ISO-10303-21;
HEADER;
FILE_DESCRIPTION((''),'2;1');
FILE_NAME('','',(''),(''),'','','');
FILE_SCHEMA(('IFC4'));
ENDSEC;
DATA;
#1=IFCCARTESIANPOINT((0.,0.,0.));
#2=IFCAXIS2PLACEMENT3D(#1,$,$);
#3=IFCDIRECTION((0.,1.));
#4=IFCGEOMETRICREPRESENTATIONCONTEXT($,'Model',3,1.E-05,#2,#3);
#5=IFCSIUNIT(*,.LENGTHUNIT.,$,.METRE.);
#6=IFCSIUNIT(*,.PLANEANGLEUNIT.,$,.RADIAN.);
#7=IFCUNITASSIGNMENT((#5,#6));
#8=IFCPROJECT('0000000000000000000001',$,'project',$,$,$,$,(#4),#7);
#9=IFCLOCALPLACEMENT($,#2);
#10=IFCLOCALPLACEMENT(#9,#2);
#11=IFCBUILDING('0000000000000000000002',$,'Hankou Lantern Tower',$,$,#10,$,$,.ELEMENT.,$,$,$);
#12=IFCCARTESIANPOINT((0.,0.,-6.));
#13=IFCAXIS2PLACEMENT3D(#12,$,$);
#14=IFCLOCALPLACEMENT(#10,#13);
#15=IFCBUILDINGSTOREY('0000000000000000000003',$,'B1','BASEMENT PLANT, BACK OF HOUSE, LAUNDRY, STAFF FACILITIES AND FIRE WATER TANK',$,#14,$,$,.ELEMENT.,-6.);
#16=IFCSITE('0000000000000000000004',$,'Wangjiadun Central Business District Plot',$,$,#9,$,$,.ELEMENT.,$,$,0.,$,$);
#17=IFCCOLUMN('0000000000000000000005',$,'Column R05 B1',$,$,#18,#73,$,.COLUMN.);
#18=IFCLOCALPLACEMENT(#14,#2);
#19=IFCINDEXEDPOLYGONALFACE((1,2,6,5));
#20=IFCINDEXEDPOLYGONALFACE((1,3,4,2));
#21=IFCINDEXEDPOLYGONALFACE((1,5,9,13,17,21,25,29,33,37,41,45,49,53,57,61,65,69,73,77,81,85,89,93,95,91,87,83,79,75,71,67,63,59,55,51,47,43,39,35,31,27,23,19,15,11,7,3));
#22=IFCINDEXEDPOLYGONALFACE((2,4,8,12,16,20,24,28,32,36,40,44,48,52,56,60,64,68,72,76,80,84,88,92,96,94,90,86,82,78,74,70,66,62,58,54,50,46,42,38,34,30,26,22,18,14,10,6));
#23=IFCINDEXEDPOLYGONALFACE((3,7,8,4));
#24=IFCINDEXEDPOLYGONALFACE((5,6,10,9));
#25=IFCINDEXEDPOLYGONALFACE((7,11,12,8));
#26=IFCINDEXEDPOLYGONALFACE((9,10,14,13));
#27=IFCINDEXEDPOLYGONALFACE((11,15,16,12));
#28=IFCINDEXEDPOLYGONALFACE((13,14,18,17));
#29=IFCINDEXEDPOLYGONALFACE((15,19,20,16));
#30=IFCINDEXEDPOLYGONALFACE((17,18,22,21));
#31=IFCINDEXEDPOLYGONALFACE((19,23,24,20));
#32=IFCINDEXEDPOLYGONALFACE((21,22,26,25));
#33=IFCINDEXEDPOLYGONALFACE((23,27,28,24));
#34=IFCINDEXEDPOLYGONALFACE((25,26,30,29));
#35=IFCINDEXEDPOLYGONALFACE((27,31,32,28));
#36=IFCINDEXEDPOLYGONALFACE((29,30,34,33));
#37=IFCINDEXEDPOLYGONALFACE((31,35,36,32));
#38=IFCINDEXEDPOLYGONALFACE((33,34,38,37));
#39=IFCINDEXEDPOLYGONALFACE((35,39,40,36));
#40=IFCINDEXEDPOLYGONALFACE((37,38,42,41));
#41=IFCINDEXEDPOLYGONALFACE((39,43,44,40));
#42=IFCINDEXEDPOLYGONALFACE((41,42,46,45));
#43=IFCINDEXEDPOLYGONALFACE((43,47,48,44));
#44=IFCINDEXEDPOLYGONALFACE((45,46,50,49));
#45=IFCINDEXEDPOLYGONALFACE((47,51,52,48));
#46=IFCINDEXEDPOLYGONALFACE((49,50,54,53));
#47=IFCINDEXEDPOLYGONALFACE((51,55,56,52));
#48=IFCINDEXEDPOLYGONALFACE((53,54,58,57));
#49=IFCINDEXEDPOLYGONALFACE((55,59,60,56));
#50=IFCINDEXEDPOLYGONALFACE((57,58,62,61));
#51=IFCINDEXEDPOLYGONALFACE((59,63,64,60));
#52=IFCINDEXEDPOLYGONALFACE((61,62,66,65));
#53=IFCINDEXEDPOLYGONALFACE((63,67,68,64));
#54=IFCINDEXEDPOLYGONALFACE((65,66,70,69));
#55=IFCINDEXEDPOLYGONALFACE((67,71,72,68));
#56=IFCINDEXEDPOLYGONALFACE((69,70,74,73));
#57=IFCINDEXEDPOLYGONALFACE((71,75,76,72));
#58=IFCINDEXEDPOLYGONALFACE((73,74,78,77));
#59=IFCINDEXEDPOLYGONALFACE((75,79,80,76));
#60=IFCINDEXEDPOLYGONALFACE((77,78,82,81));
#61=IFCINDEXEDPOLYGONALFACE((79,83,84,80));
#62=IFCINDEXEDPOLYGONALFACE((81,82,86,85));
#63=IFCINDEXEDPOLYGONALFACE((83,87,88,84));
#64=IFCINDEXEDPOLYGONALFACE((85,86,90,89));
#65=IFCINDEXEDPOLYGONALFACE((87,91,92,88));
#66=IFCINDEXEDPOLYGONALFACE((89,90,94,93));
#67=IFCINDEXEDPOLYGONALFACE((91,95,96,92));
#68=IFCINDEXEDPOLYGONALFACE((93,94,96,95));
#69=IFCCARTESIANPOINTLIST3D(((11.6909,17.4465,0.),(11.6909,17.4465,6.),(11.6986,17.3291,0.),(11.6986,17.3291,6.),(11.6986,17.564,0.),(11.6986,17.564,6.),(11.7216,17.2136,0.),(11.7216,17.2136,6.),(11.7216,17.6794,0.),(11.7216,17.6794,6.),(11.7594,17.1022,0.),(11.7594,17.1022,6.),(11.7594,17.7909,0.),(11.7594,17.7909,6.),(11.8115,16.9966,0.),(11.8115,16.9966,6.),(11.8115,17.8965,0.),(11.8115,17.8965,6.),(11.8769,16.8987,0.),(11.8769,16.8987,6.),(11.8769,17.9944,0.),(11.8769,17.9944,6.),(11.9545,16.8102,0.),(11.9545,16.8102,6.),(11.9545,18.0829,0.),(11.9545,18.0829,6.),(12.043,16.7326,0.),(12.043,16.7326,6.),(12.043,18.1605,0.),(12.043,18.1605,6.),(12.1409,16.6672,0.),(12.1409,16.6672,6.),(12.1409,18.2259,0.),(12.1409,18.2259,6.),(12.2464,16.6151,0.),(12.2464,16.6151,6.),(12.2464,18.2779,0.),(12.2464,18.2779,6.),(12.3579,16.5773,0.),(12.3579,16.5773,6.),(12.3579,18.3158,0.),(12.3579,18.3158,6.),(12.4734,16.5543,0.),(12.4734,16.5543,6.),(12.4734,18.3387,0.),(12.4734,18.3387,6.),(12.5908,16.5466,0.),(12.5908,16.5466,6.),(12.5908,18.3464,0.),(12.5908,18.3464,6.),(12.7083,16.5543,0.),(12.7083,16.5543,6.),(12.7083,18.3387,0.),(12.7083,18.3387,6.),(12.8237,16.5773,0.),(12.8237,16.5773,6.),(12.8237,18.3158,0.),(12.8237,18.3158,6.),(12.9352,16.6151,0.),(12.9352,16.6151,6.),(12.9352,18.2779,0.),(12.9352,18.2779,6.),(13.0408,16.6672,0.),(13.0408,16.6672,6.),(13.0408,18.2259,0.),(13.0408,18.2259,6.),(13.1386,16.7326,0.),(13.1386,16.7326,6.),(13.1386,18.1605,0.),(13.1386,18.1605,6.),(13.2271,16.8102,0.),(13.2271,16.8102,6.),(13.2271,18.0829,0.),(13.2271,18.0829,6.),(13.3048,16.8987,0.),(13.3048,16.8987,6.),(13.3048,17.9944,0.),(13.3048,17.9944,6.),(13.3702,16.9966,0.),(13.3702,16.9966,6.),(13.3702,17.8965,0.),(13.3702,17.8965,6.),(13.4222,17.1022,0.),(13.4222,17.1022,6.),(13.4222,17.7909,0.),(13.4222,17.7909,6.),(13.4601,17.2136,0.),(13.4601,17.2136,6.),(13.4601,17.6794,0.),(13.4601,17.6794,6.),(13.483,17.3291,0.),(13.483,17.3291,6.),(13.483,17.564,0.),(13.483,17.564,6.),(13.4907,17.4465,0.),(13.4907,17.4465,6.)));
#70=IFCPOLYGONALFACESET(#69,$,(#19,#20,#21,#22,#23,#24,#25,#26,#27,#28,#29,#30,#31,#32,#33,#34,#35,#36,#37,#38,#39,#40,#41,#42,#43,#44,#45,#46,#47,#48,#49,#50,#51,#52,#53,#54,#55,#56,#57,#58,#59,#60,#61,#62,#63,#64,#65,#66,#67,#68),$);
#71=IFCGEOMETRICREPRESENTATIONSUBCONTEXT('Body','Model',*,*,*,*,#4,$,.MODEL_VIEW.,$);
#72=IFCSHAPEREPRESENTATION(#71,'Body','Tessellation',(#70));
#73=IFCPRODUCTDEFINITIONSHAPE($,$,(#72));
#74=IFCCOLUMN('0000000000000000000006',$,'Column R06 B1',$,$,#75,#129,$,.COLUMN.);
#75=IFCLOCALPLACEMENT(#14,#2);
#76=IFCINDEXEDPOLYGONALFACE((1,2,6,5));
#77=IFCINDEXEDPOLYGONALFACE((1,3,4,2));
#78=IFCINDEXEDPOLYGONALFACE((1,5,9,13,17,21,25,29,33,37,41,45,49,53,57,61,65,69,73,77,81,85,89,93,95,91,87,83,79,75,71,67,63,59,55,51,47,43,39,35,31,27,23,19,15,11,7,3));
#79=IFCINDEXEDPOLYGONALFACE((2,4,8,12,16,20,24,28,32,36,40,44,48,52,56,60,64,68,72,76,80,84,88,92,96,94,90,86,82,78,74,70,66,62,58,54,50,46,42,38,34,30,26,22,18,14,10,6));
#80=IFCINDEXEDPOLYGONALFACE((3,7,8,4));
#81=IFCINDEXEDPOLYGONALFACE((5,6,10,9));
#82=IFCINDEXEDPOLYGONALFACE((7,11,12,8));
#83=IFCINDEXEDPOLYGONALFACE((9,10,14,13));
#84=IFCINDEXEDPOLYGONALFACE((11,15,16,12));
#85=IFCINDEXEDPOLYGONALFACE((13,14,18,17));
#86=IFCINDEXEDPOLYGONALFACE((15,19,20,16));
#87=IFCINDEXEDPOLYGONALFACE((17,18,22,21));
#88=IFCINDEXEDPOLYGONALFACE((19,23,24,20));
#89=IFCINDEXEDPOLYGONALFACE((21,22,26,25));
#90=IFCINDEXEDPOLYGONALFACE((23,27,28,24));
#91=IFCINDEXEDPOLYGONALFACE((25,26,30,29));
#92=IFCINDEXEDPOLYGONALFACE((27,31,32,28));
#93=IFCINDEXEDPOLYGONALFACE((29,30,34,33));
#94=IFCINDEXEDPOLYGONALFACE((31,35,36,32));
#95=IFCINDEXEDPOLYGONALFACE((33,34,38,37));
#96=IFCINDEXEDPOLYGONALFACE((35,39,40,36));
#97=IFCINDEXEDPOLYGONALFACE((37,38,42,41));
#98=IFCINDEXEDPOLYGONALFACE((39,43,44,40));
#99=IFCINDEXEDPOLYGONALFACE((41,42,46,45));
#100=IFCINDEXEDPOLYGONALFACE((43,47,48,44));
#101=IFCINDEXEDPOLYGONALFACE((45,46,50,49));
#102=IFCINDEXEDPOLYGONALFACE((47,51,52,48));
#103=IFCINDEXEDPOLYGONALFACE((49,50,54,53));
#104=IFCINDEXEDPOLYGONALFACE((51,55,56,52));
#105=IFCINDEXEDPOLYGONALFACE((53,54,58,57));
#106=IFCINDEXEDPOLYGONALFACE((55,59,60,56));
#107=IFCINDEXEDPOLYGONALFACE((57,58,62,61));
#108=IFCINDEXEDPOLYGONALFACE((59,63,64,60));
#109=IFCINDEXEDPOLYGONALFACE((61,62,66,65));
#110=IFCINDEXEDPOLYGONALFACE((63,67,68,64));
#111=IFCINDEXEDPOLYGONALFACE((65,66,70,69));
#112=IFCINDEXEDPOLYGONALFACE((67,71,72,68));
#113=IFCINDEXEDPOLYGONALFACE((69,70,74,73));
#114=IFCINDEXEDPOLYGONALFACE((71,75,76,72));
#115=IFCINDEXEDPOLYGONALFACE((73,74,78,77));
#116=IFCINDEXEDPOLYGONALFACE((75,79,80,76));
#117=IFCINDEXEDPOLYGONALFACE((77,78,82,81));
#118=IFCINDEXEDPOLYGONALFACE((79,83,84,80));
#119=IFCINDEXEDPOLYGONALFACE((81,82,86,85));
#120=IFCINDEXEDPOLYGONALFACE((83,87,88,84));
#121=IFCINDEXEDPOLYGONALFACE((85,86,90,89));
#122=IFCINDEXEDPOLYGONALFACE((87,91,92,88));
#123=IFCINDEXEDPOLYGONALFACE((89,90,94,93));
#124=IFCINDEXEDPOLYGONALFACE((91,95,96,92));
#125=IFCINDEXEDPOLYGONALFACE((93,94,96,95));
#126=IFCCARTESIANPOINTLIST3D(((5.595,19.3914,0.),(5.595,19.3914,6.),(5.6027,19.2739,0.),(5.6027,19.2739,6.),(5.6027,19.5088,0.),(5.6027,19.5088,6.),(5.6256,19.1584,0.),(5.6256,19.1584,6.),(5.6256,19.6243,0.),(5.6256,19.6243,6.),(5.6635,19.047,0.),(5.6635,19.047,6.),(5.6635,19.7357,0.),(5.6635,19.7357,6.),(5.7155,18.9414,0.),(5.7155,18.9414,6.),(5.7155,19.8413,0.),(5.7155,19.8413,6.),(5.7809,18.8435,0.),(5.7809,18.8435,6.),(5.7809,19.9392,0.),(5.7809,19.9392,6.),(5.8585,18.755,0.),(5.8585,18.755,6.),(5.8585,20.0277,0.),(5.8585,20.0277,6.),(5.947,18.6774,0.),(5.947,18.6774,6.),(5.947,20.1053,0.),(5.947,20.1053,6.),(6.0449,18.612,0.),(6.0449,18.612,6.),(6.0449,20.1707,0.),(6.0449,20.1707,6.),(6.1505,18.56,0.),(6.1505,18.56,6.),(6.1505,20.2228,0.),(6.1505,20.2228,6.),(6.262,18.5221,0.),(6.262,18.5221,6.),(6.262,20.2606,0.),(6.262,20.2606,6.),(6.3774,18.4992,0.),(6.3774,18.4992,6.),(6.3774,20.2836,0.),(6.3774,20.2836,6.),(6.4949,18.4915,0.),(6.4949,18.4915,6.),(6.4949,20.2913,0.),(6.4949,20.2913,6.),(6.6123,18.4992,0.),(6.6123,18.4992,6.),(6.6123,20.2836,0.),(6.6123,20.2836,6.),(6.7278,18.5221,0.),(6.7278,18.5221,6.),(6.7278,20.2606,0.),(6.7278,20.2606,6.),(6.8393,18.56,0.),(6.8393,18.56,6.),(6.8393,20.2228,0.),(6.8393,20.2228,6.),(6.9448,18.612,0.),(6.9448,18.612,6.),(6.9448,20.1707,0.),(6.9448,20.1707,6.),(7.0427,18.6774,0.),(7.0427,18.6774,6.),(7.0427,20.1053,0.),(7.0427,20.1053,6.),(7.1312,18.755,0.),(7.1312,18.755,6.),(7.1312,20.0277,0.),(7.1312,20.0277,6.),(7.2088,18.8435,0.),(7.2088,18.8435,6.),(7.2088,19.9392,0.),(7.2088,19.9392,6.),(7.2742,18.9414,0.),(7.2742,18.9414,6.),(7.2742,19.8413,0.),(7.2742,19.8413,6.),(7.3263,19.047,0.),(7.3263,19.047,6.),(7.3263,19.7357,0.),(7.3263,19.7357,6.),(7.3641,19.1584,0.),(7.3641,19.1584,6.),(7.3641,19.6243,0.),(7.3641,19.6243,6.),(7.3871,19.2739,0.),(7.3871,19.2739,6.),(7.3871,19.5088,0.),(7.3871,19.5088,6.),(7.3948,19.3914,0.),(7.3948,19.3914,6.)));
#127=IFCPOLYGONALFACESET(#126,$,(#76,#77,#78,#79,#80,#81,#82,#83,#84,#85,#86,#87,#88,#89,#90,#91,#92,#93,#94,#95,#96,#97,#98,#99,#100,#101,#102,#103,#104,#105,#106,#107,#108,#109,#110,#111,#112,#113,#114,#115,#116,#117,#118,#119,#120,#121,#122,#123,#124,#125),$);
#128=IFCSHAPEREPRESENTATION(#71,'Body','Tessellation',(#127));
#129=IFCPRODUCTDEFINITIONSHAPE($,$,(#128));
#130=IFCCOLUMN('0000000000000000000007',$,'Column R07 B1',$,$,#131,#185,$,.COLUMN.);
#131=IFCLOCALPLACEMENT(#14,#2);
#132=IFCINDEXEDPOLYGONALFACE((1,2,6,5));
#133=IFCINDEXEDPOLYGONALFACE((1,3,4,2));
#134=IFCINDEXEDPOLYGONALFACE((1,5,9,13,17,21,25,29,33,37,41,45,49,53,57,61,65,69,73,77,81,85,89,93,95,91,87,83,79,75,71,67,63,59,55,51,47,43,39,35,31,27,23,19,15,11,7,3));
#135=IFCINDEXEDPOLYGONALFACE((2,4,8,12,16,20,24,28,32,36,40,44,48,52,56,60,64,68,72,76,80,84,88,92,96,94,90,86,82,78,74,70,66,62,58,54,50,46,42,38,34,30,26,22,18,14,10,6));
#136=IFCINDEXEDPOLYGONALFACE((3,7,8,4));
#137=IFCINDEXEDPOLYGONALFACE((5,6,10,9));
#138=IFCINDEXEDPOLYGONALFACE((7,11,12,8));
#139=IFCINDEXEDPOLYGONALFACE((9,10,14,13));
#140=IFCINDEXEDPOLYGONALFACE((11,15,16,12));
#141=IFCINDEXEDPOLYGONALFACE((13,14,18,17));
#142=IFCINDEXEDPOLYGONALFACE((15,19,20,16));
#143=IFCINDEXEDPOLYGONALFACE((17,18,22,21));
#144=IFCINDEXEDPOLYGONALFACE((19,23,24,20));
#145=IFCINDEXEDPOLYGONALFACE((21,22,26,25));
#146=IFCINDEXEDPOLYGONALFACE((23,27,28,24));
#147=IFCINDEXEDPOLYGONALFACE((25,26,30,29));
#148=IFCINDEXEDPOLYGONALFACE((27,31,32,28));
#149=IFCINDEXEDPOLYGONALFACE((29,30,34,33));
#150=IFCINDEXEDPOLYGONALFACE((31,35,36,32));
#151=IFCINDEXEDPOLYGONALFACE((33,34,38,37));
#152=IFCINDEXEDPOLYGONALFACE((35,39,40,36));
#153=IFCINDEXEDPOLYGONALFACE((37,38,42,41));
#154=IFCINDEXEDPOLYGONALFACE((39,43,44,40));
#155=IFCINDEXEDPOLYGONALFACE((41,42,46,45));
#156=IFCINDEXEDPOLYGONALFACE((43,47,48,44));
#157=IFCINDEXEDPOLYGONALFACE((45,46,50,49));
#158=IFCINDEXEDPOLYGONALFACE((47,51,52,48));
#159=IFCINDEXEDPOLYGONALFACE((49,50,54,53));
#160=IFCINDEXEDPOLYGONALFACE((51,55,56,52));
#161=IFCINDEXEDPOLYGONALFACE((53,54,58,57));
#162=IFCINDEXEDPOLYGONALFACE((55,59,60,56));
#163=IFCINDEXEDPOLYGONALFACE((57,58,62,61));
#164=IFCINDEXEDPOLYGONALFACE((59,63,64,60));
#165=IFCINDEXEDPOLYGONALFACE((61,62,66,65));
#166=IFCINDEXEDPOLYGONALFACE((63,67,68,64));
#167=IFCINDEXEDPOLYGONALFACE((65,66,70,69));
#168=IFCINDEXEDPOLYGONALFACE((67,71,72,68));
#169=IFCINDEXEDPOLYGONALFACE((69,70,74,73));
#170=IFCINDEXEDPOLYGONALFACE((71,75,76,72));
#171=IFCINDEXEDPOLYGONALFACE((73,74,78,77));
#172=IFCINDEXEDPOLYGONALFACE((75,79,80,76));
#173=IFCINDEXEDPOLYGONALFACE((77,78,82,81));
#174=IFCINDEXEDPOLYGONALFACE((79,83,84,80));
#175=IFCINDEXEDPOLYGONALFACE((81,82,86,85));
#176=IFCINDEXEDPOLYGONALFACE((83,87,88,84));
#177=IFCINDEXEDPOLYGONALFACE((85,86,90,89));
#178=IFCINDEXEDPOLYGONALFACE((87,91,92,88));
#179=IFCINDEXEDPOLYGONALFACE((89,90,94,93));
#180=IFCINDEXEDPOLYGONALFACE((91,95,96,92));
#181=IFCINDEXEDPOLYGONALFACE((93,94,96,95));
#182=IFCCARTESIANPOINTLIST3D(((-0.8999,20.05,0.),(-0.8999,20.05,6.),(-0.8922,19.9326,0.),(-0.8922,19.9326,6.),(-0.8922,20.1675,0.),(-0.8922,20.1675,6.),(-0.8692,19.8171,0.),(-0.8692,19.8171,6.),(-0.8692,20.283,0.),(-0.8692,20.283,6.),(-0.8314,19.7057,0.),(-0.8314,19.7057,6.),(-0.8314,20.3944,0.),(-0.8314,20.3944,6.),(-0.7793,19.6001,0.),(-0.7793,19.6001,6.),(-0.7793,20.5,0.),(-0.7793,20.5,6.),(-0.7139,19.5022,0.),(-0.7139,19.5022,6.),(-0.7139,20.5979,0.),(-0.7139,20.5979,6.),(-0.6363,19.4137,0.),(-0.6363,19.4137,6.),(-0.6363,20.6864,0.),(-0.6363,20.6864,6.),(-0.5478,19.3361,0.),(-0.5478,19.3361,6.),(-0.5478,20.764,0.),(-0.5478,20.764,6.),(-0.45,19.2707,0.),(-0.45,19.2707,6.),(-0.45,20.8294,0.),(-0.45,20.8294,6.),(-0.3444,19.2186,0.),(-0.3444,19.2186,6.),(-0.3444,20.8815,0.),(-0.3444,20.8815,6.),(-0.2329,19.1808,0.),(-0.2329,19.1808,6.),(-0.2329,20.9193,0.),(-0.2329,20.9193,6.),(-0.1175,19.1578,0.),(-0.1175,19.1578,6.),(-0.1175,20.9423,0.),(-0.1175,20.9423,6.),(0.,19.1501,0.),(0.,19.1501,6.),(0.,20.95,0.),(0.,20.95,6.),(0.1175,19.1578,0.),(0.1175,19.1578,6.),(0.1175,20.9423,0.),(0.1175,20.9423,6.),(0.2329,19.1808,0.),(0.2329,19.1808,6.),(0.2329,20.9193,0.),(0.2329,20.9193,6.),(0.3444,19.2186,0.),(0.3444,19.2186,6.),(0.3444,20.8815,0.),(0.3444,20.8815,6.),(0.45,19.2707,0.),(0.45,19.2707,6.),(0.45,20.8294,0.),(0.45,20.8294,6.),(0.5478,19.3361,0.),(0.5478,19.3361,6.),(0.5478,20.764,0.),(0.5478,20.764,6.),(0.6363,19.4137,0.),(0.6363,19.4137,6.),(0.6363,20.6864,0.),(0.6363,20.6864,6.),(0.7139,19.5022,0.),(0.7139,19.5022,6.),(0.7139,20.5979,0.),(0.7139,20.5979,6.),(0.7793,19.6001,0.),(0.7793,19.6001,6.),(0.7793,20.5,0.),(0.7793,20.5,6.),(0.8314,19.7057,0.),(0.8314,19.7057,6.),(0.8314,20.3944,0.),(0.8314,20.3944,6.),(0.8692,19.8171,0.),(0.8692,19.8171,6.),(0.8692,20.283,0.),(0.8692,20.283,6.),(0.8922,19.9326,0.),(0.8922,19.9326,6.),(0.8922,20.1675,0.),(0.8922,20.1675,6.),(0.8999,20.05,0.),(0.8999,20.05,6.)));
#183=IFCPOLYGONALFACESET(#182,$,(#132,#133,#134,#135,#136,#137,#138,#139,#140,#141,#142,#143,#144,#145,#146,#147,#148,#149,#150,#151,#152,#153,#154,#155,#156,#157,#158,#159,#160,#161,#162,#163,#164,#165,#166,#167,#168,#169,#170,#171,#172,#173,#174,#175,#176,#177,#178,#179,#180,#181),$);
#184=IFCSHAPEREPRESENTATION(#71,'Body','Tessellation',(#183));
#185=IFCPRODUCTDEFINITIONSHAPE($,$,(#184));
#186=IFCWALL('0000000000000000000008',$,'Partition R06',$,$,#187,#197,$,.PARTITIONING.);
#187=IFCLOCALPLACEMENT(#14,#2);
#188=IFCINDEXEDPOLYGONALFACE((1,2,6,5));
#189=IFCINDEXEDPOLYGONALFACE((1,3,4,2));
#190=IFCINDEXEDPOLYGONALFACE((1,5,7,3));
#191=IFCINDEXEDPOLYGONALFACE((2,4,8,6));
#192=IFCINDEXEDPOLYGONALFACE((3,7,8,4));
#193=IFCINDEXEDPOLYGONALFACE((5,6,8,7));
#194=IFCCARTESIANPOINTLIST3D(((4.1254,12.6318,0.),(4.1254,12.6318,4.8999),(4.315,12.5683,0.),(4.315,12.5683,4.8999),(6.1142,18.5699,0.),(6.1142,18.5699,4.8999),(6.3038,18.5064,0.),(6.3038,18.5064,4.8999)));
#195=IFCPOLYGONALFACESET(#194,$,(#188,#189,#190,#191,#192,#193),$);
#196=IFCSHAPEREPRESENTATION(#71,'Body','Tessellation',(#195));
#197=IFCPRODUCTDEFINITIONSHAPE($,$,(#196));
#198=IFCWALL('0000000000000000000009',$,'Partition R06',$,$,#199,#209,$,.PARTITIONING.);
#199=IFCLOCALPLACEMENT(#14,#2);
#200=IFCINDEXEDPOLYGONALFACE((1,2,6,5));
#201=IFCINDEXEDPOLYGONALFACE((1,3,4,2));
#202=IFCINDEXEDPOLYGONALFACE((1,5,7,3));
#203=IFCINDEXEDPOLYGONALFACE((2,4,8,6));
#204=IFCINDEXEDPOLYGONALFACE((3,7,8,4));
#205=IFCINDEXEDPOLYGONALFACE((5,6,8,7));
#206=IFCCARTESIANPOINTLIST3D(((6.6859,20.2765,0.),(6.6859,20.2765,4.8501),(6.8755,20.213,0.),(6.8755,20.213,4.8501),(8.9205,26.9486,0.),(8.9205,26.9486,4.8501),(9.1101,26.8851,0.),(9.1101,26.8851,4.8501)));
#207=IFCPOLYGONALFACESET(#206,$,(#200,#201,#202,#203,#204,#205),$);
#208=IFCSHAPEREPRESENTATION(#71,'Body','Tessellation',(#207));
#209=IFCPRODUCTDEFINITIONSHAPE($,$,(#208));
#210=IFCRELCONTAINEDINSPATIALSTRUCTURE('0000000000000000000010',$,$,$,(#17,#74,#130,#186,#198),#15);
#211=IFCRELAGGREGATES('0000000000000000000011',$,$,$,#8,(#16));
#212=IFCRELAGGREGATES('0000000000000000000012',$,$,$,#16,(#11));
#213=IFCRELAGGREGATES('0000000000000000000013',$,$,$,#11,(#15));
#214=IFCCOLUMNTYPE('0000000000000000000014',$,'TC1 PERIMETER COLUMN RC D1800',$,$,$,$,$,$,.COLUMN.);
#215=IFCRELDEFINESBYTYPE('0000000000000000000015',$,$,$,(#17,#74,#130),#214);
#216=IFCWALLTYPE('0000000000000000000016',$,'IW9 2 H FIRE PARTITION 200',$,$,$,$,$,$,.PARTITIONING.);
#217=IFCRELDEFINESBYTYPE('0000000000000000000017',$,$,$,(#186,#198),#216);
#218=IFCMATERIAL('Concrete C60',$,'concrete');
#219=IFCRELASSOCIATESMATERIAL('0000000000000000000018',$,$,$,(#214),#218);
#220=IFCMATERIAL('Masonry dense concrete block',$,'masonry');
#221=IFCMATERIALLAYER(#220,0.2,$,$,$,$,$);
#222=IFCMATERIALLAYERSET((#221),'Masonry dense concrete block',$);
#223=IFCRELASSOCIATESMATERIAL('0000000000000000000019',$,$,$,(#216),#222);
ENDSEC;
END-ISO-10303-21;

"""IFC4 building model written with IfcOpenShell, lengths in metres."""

from ifc_helpers import new_model, si_unit, direction, frame, frame_2d, origin, origin_2d, place, context, subcontext, project, spatial, rectangle, circle, extrude, material, layer, layer_set, material_profile, profile_set, type_object, element, save


model = new_model("IFC4")

# Units and contexts
model_context = context("Model", 3, precision=1e-05, world=origin(), true_north=direction((0.0, 1.0)))
body_context = subcontext(model_context, "Body", "Model", "MODEL_VIEW")
ifc_project = project(units=[si_unit("LENGTHUNIT", "METRE"), si_unit("PLANEANGLEUNIT", "RADIAN")], contexts=[model_context])

# Site, building, storey
site_placement = place(None, origin())
site = spatial("IfcSite", under=ifc_project, at=site_placement, Name="Wangjiadun Central Business District Plot", CompositionType="ELEMENT", RefElevation=0.0)
building_placement = place(site_placement, origin())
building = spatial("IfcBuilding", under=site, at=building_placement, Name="Hankou Lantern Tower", CompositionType="ELEMENT")
storey_placement = place(building_placement, frame((0.0, 0.0, -6.0)))
storey = spatial("IfcBuildingStorey", under=building, at=storey_placement, Name="B1", Description="BASEMENT PLANT, BACK OF HOUSE, LAUNDRY, STAFF FACILITIES AND FIRE WATER TANK", CompositionType="ELEMENT", Elevation=-6.0)

# Columns
ifc_material_1 = material(Name="Concrete C60", Category="concrete")
ifc_material_profile_1 = material_profile(ifc_material_1, circle(Radius=0.8999, at=origin_2d()), Name="RC D1800")
ifc_profile_set_1 = profile_set([ifc_material_profile_1], Name="Concrete C60")
column_type_1 = type_object("IfcColumnType", Name="TC1 PERIMETER COLUMN RC D1800", PredefinedType="COLUMN", material=ifc_profile_set_1)
for number, where, z_axis, x_axis, name in (
    (1, (12.5908, 17.4465, 0.0), (0.0, 0.0, 1.0), (1.0, 0.0, 0.0), "Column R05 B1"),
    (2, (6.4949, 19.3914, 0.0), (0.0, 0.0, 1.0), (1.0, 0.0, 0.0), "Column R06 B1"),
    (3, (0.0, 20.05, 0.0), (0.0, 0.0, 1.0), (1.0, 0.0, 0.0), "Column R07 B1"),
):
    element("IfcColumn", number, at=place(storey_placement, frame(where, z_axis=z_axis, x_axis=x_axis)), inside=storey, type_object=column_type_1, Name=name, PredefinedType="COLUMN", context=body_context, shape_type="SweptSolid", body=[
        extrude(circle(Radius=0.8999, at=origin_2d()), origin(), (0.0, 0.0, 1.0), 6.0),
    ])

# Walls
ifc_material_2 = material(Name="Masonry dense concrete block", Category="masonry")
ifc_layer_1 = layer(ifc_material_2, 0.2)
ifc_layer_set_1 = layer_set([ifc_layer_1], Name="Masonry dense concrete block")
wall_type_1 = type_object("IfcWallType", Name="IW9 2 H FIRE PARTITION 200", PredefinedType="PARTITIONING", material=ifc_layer_set_1)
wall_1_placement = place(storey_placement, frame((4.2202, 12.6001, 0.0), z_axis=(0.0, 0.0, 1.0), x_axis=(0.317584, 0.94823, 0.0)))
element("IfcWall", 4, at=wall_1_placement, inside=storey, type_object=wall_type_1, Name="Partition R06", PredefinedType="PARTITIONING", context=body_context, shape_type="SweptSolid", body=[
    extrude(rectangle(XDim=6.2622, YDim=0.2, at=frame_2d((3.1311, 0.0))), origin(), (0.0, 0.0, 1.0), 4.8999),
])
wall_2_placement = place(storey_placement, frame((6.7808, 20.2449, 0.0), z_axis=(0.0, 0.0, 1.0), x_axis=(0.317581, 0.948231, 0.0)))
element("IfcWall", 5, at=wall_2_placement, inside=storey, type_object=wall_type_1, Name="Partition R06", PredefinedType="PARTITIONING", context=body_context, shape_type="SweptSolid", body=[
    extrude(rectangle(XDim=7.0364, YDim=0.2, at=frame_2d((3.5181, 0.0))), origin(), (0.0, 0.0, 1.0), 4.8501),
])

save(model, "model.ifc")
